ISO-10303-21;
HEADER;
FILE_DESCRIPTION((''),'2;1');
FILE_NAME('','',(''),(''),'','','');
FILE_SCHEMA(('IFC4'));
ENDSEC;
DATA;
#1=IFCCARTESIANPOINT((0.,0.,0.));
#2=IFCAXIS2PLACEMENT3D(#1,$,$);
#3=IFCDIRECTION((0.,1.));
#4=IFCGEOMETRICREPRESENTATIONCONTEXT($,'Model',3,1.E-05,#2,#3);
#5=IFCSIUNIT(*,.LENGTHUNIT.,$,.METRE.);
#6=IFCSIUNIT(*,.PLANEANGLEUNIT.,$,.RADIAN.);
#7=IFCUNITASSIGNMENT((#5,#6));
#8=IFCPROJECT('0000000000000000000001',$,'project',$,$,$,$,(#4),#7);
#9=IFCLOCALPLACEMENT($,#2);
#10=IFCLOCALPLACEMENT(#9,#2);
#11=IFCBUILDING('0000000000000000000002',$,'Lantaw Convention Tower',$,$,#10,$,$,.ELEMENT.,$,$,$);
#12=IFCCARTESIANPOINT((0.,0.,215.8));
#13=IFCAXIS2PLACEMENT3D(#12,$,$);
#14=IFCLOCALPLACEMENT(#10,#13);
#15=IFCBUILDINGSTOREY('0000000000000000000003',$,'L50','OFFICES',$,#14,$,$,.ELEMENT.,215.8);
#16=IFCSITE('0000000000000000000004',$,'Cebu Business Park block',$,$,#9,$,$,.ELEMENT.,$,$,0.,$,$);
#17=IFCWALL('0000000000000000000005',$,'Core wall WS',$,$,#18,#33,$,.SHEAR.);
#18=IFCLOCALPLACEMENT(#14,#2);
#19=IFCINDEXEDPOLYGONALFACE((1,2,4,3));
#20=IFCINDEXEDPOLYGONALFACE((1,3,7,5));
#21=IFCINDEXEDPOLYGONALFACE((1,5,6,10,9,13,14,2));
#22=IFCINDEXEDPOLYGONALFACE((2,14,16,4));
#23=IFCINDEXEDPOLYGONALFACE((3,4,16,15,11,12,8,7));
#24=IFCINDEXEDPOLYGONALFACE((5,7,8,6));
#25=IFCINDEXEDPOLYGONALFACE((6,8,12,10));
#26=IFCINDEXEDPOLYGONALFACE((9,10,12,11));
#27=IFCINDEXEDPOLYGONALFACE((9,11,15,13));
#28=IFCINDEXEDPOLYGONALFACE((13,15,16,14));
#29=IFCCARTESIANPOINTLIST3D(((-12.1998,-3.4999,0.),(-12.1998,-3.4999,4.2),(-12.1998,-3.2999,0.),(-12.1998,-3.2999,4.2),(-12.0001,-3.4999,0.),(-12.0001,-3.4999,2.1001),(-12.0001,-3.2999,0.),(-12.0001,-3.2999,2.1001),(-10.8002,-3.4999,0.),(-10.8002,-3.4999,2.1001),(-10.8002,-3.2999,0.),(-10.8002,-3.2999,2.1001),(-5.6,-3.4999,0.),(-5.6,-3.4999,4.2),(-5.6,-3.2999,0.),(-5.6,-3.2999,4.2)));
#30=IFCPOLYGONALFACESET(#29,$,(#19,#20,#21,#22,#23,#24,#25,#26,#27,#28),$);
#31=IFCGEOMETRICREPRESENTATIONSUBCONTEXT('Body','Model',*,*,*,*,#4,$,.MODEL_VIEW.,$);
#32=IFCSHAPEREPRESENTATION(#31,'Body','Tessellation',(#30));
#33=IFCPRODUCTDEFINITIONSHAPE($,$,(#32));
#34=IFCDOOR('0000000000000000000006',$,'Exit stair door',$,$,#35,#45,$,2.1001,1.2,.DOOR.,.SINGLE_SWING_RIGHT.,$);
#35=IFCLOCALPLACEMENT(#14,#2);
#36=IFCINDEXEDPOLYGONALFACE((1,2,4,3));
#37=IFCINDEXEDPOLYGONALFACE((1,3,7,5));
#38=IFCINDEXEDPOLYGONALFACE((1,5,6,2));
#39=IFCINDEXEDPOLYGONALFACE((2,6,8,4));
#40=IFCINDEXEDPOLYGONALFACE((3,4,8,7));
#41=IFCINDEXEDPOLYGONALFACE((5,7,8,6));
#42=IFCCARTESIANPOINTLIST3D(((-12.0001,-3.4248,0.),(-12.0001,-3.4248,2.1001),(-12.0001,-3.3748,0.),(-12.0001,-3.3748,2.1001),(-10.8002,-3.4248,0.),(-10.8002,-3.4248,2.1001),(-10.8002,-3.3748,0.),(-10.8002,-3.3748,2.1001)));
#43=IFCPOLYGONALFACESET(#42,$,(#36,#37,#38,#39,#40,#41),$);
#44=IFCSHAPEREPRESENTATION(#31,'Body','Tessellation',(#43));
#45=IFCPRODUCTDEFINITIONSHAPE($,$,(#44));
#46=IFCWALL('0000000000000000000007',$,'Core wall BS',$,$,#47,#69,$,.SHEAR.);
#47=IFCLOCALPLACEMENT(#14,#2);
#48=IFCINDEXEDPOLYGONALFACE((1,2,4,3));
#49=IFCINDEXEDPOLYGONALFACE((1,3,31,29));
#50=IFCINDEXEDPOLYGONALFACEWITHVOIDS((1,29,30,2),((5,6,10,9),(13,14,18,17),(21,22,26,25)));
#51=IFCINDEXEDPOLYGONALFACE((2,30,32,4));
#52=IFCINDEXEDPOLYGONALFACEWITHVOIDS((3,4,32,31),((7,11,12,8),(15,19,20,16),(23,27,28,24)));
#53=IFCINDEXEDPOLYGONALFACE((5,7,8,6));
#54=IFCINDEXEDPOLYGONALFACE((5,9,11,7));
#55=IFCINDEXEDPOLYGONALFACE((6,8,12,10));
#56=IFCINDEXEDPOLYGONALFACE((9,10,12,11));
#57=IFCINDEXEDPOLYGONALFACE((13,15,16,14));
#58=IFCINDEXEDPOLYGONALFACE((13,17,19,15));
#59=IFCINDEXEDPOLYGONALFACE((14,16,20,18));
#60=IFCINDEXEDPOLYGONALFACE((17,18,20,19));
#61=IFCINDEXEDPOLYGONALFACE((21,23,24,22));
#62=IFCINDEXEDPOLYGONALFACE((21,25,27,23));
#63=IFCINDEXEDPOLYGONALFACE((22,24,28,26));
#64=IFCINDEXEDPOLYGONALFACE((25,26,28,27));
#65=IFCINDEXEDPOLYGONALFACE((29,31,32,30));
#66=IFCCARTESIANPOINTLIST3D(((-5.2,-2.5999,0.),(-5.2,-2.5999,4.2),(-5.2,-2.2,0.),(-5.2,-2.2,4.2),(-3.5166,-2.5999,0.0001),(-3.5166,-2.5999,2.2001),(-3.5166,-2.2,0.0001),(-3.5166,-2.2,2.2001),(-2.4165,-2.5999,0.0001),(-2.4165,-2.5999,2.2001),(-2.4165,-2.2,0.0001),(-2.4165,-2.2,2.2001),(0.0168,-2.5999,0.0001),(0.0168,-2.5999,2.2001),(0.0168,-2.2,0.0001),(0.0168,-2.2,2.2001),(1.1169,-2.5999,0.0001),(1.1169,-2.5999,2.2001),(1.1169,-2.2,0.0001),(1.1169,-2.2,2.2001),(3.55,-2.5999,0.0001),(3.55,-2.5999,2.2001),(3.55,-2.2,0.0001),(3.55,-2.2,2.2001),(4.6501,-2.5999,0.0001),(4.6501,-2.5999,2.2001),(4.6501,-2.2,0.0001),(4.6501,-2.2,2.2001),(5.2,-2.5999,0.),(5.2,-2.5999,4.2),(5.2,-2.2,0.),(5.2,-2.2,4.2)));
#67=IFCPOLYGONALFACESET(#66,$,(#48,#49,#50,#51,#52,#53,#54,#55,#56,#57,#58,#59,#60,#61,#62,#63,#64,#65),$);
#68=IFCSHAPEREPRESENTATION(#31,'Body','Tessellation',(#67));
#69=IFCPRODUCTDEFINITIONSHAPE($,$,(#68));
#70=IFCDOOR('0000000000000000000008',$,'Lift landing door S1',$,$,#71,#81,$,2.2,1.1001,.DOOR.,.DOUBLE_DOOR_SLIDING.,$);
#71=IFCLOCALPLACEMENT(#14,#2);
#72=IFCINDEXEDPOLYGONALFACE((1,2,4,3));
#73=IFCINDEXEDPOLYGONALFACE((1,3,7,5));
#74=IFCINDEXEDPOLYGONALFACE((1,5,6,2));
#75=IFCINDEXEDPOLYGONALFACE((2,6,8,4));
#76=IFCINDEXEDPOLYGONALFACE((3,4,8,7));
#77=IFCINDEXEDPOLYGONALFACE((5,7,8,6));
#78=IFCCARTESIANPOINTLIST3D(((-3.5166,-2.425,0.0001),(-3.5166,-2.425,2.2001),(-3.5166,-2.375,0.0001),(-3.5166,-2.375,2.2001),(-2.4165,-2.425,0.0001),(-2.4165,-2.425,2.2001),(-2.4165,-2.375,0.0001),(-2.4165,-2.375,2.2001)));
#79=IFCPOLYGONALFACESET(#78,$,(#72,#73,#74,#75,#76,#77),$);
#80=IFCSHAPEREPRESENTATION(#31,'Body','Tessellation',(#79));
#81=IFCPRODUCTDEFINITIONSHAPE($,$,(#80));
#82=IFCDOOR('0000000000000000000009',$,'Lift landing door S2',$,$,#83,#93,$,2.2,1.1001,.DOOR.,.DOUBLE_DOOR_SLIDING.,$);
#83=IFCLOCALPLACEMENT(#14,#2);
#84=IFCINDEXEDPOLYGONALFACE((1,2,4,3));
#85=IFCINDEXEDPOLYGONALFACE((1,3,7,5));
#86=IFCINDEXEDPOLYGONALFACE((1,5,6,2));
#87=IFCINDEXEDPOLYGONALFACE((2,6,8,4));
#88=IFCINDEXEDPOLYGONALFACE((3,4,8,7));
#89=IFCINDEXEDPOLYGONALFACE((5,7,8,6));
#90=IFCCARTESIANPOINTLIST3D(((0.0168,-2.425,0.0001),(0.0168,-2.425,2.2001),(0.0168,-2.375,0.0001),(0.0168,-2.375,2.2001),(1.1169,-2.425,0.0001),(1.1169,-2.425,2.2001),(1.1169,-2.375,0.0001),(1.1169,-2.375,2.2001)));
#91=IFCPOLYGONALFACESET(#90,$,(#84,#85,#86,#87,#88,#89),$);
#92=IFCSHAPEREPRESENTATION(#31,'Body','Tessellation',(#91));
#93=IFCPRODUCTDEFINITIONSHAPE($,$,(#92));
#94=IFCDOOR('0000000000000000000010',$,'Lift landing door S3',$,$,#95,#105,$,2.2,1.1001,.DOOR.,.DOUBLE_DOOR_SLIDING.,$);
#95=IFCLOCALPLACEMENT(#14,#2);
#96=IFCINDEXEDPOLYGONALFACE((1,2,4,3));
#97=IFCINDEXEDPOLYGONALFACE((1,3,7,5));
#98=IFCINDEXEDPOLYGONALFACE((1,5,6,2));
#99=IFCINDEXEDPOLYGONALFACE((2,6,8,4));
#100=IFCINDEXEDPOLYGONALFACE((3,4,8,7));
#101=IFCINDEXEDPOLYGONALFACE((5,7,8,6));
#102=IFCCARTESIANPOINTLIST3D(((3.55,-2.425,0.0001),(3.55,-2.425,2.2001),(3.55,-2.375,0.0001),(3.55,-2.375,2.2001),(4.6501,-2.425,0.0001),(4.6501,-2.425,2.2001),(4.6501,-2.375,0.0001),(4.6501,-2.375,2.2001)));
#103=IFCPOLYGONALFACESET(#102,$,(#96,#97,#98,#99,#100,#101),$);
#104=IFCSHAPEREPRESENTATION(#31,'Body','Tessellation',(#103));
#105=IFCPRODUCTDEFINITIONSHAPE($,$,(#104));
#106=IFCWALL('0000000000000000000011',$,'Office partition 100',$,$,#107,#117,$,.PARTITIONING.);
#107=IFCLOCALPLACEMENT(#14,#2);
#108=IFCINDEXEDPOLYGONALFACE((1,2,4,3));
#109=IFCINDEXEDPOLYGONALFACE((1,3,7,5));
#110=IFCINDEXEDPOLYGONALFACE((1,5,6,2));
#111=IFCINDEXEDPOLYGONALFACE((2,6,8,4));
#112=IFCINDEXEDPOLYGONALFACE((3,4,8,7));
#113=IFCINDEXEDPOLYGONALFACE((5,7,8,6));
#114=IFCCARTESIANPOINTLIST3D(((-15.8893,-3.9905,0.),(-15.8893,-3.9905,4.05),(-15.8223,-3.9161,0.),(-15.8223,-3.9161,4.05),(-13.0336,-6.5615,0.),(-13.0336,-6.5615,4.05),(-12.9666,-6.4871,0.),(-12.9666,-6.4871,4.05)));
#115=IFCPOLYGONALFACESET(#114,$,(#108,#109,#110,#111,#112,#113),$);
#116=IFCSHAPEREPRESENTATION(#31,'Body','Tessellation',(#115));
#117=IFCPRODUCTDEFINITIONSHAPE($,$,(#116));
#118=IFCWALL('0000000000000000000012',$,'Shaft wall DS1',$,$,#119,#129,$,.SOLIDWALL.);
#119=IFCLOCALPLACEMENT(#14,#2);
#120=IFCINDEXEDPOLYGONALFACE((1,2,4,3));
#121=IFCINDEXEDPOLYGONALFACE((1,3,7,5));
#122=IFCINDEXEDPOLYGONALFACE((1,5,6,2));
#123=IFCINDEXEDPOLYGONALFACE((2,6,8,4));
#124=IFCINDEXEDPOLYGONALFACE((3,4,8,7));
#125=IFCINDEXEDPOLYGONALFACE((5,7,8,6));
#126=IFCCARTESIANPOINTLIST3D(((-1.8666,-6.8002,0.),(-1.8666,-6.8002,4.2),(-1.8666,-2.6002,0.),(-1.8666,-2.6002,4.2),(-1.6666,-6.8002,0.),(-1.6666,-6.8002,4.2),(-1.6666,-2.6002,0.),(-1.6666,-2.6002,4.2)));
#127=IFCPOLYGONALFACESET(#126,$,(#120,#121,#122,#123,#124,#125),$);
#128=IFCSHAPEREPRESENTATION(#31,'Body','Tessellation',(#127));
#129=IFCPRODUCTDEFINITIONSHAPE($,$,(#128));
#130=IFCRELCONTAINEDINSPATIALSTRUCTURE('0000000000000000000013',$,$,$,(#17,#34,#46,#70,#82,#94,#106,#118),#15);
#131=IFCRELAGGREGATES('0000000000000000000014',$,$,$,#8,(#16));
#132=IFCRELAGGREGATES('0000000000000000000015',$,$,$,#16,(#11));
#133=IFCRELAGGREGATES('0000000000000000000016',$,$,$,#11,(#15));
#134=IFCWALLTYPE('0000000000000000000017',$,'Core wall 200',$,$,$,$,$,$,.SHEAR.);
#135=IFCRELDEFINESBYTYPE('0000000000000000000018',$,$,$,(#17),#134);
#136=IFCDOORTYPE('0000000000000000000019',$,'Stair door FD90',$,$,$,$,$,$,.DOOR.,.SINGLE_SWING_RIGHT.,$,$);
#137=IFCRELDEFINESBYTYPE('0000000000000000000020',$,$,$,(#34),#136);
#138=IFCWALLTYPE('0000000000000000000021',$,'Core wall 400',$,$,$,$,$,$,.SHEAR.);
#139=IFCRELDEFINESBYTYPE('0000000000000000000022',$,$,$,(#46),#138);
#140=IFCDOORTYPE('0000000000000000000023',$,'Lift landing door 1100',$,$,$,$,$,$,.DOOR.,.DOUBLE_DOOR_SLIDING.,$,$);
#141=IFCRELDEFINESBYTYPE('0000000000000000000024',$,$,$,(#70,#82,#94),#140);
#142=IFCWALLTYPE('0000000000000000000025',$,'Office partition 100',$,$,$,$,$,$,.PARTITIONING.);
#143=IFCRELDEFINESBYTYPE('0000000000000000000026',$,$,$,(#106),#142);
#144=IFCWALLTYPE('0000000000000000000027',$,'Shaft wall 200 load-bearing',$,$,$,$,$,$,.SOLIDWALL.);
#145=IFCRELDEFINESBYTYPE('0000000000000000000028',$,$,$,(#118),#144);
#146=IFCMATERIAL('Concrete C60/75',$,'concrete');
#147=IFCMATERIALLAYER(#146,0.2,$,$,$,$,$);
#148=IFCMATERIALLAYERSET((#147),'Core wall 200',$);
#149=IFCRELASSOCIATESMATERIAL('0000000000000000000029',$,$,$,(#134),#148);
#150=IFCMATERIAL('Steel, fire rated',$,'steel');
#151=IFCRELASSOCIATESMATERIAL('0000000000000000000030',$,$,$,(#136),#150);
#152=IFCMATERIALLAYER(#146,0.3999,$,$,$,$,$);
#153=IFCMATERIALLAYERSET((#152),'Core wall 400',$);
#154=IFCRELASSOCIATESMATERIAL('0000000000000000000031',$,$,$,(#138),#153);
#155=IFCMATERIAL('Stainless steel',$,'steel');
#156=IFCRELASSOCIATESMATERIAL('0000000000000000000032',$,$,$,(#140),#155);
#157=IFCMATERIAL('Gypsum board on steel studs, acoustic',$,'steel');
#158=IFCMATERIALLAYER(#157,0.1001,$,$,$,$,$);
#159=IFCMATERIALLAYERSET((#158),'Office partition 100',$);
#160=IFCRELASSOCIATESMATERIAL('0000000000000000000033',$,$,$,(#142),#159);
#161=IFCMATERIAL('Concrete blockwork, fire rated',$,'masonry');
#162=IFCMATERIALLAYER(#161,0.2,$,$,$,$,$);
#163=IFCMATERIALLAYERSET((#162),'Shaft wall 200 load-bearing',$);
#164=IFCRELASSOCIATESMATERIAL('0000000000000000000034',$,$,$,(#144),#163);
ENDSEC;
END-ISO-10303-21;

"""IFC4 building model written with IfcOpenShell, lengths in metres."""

from ifc_helpers import new_model, si_unit, direction, frame, frame_2d, origin, place, context, subcontext, project, spatial, rectangle, extrude, material, layer, layer_set, type_object, element, fill, save


model = new_model("IFC4")

# Units and contexts
model_context = context("Model", 3, precision=1e-05, world=origin(), true_north=direction((0.0, 1.0)))
body_context = subcontext(model_context, "Body", "Model", "MODEL_VIEW")
ifc_project = project(units=[si_unit("LENGTHUNIT", "METRE"), si_unit("PLANEANGLEUNIT", "RADIAN")], contexts=[model_context])

# Site, building, storey
site_placement = place(None, origin())
site = spatial("IfcSite", under=ifc_project, at=site_placement, Name="Cebu Business Park block", CompositionType="ELEMENT", RefElevation=0.0)
building_placement = place(site_placement, origin())
building = spatial("IfcBuilding", under=site, at=building_placement, Name="Lantaw Convention Tower", CompositionType="ELEMENT")
storey_placement = place(building_placement, frame((0.0, 0.0, 215.8)))
storey = spatial("IfcBuildingStorey", under=building, at=storey_placement, Name="L50", Description="OFFICES", CompositionType="ELEMENT", Elevation=215.8)

# Wall, opening, door
ifc_material_1 = material(Name="Concrete C60/75", Category="concrete")
ifc_layer_1 = layer(ifc_material_1, 0.2)
ifc_layer_set_1 = layer_set([ifc_layer_1], Name="Core wall 200")
wall_type_1 = type_object("IfcWallType", Name="Core wall 200", PredefinedType="SHEAR", material=ifc_layer_set_1)
wall_1_placement = place(storey_placement, frame((-5.6001, -3.3999, 0.0), z_axis=(0.0, 0.0, 1.0), x_axis=(-1.0, 0.0, 0.0)))
wall_1 = element("IfcWall", 1, at=wall_1_placement, inside=storey, type_object=wall_type_1, Name="Core wall WS", PredefinedType="SHEAR", context=body_context, shape_type="SweptSolid", body=[
    extrude(rectangle(XDim=6.5999, YDim=0.2, at=frame_2d((3.2998, 0.0))), origin(), (0.0, 0.0, 1.0), 4.2),
])
opening_1_placement = place(wall_1_placement, frame((5.2, 0.0, 0.0)))
opening_1 = element("IfcOpeningElement", 2, at=opening_1_placement, cuts=wall_1, PredefinedType="OPENING", context=body_context, shape_type="SweptSolid", body=[
    extrude(rectangle(XDim=1.2, YDim=2.1001, at=frame_2d((0.6001, 1.05))), frame((0.0, 0.1099, 0.0), z_axis=(0.0, -1.0, 0.0), x_axis=(1.0, 0.0, 0.0)), (0.0, 0.0, 1.0), 0.22),
])
ifc_material_2 = material(Name="Steel, fire rated", Category="steel")
door_type_1 = type_object("IfcDoorType", Name="Stair door FD90", OperationType="SINGLE_SWING_RIGHT", PredefinedType="DOOR", material=ifc_material_2)
door_1_placement = place(opening_1_placement, origin())
door_1 = element("IfcDoor", 3, at=door_1_placement, inside=storey, type_object=door_type_1, Name="Exit stair door", OperationType="SINGLE_SWING_RIGHT", OverallHeight=2.1001, OverallWidth=1.2, PredefinedType="DOOR", context=body_context, shape_type="SweptSolid", body=[
    extrude(rectangle(XDim=1.2, YDim=2.1001, at=frame_2d((0.6001, 1.05))), frame((0.0, 0.0249, 0.0), z_axis=(0.0, -1.0, 0.0), x_axis=(1.0, 0.0, 0.0)), (0.0, 0.0, 1.0), 0.05),
])
fill(opening_1, door_1)

# Wall, openings, doors
ifc_layer_2 = layer(ifc_material_1, 0.3999)
ifc_layer_set_2 = layer_set([ifc_layer_2], Name="Core wall 400")
wall_type_2 = type_object("IfcWallType", Name="Core wall 400", PredefinedType="SHEAR", material=ifc_layer_set_2)
wall_2_placement = place(storey_placement, frame((-5.2, -2.3999, 0.0), z_axis=(0.0, 0.0, 1.0), x_axis=(1.0, 0.0, 0.0)))
wall_2 = element("IfcWall", 4, at=wall_2_placement, inside=storey, type_object=wall_type_2, Name="Core wall BS", PredefinedType="SHEAR", context=body_context, shape_type="SweptSolid", body=[
    extrude(rectangle(XDim=10.3999, YDim=0.3999, at=frame_2d((5.2, 0.0))), origin(), (0.0, 0.0, 1.0), 4.2),
])
opening_2_placement = place(wall_2_placement, frame((1.6833, 0.0, 0.0)))
opening_2 = element("IfcOpeningElement", 5, at=opening_2_placement, cuts=wall_2, PredefinedType="OPENING", context=body_context, shape_type="SweptSolid", body=[
    extrude(rectangle(XDim=1.1001, YDim=2.2, at=frame_2d((0.55, 1.1001))), frame((0.0, 0.21, 0.0), z_axis=(0.0, -1.0, 0.0), x_axis=(1.0, 0.0, 0.0)), (0.0, 0.0, 1.0), 0.4199),
])
opening_3_placement = place(wall_2_placement, frame((5.2168, 0.0, 0.0)))
opening_3 = element("IfcOpeningElement", 6, at=opening_3_placement, cuts=wall_2, PredefinedType="OPENING", context=body_context, shape_type="SweptSolid", body=[
    extrude(rectangle(XDim=1.1001, YDim=2.2, at=frame_2d((0.55, 1.1001))), frame((0.0, 0.21, 0.0), z_axis=(0.0, -1.0, 0.0), x_axis=(1.0, 0.0, 0.0)), (0.0, 0.0, 1.0), 0.4199),
])
opening_4_placement = place(wall_2_placement, frame((8.75, 0.0, 0.0)))
opening_4 = element("IfcOpeningElement", 7, at=opening_4_placement, cuts=wall_2, PredefinedType="OPENING", context=body_context, shape_type="SweptSolid", body=[
    extrude(rectangle(XDim=1.1001, YDim=2.2, at=frame_2d((0.55, 1.1001))), frame((0.0, 0.21, 0.0), z_axis=(0.0, -1.0, 0.0), x_axis=(1.0, 0.0, 0.0)), (0.0, 0.0, 1.0), 0.4199),
])
ifc_material_3 = material(Name="Stainless steel", Category="steel")
door_type_2 = type_object("IfcDoorType", Name="Lift landing door 1100", OperationType="DOUBLE_DOOR_SLIDING", PredefinedType="DOOR", material=ifc_material_3)
door_2_placement = place(opening_2_placement, origin())
door_2 = element("IfcDoor", 8, at=door_2_placement, inside=storey, type_object=door_type_2, Name="Lift landing door S1", OperationType="DOUBLE_DOOR_SLIDING", OverallHeight=2.2, OverallWidth=1.1001, PredefinedType="DOOR", context=body_context, shape_type="SweptSolid", body=[
    extrude(rectangle(XDim=1.1001, YDim=2.2, at=frame_2d((0.55, 1.1001))), frame((0.0, 0.0249, 0.0), z_axis=(0.0, -1.0, 0.0), x_axis=(1.0, 0.0, 0.0)), (0.0, 0.0, 1.0), 0.05),
])
fill(opening_2, door_2)
door_3_placement = place(opening_3_placement, origin())
door_3 = element("IfcDoor", 9, at=door_3_placement, inside=storey, type_object=door_type_2, Name="Lift landing door S2", OperationType="DOUBLE_DOOR_SLIDING", OverallHeight=2.2, OverallWidth=1.1001, PredefinedType="DOOR", context=body_context, shape_type="SweptSolid", body=[
    extrude(rectangle(XDim=1.1001, YDim=2.2, at=frame_2d((0.55, 1.1001))), frame((0.0, 0.0249, 0.0), z_axis=(0.0, -1.0, 0.0), x_axis=(1.0, 0.0, 0.0)), (0.0, 0.0, 1.0), 0.05),
])
fill(opening_3, door_3)
door_4_placement = place(opening_4_placement, origin())
door_4 = element("IfcDoor", 10, at=door_4_placement, inside=storey, type_object=door_type_2, Name="Lift landing door S3", OperationType="DOUBLE_DOOR_SLIDING", OverallHeight=2.2, OverallWidth=1.1001, PredefinedType="DOOR", context=body_context, shape_type="SweptSolid", body=[
    extrude(rectangle(XDim=1.1001, YDim=2.2, at=frame_2d((0.55, 1.1001))), frame((0.0, 0.0249, 0.0), z_axis=(0.0, -1.0, 0.0), x_axis=(1.0, 0.0, 0.0)), (0.0, 0.0, 1.0), 0.05),
])
fill(opening_4, door_4)

# Walls
ifc_material_4 = material(Name="Gypsum board on steel studs, acoustic", Category="steel")
ifc_layer_3 = layer(ifc_material_4, 0.1001)
ifc_layer_set_3 = layer_set([ifc_layer_3], Name="Office partition 100")
wall_type_3 = type_object("IfcWallType", Name="Office partition 100", PredefinedType="PARTITIONING", material=ifc_layer_set_3)
wall_3_placement = place(storey_placement, frame((-13.0, -6.5244, 0.0), z_axis=(0.0, 0.0, 1.0), x_axis=(-0.743177, 0.669095, 0.0)))
element("IfcWall", 11, at=wall_3_placement, inside=storey, type_object=wall_type_3, Name="Office partition 100", PredefinedType="PARTITIONING", context=body_context, shape_type="SweptSolid", body=[
    extrude(rectangle(XDim=3.8425, YDim=0.1001, at=frame_2d((1.9214, 0.0))), origin(), (0.0, 0.0, 1.0), 4.05),
])
ifc_material_5 = material(Name="Concrete blockwork, fire rated", Category="masonry")
ifc_layer_4 = layer(ifc_material_5, 0.2)
ifc_layer_set_4 = layer_set([ifc_layer_4], Name="Shaft wall 200 load-bearing")
wall_type_4 = type_object("IfcWallType", Name="Shaft wall 200 load-bearing", PredefinedType="SOLIDWALL", material=ifc_layer_set_4)
wall_4_placement = place(storey_placement, frame((-1.7666, -2.6001, 0.0), z_axis=(0.0, 0.0, 1.0), x_axis=(0.0, -1.0, 0.0)))
element("IfcWall", 12, at=wall_4_placement, inside=storey, type_object=wall_type_4, Name="Shaft wall DS1", PredefinedType="SOLIDWALL", context=body_context, shape_type="SweptSolid", body=[
    extrude(rectangle(XDim=4.2, YDim=0.2, at=frame_2d((2.1001, 0.0))), origin(), (0.0, 0.0, 1.0), 4.2),
])

save(model, "model.ifc")
